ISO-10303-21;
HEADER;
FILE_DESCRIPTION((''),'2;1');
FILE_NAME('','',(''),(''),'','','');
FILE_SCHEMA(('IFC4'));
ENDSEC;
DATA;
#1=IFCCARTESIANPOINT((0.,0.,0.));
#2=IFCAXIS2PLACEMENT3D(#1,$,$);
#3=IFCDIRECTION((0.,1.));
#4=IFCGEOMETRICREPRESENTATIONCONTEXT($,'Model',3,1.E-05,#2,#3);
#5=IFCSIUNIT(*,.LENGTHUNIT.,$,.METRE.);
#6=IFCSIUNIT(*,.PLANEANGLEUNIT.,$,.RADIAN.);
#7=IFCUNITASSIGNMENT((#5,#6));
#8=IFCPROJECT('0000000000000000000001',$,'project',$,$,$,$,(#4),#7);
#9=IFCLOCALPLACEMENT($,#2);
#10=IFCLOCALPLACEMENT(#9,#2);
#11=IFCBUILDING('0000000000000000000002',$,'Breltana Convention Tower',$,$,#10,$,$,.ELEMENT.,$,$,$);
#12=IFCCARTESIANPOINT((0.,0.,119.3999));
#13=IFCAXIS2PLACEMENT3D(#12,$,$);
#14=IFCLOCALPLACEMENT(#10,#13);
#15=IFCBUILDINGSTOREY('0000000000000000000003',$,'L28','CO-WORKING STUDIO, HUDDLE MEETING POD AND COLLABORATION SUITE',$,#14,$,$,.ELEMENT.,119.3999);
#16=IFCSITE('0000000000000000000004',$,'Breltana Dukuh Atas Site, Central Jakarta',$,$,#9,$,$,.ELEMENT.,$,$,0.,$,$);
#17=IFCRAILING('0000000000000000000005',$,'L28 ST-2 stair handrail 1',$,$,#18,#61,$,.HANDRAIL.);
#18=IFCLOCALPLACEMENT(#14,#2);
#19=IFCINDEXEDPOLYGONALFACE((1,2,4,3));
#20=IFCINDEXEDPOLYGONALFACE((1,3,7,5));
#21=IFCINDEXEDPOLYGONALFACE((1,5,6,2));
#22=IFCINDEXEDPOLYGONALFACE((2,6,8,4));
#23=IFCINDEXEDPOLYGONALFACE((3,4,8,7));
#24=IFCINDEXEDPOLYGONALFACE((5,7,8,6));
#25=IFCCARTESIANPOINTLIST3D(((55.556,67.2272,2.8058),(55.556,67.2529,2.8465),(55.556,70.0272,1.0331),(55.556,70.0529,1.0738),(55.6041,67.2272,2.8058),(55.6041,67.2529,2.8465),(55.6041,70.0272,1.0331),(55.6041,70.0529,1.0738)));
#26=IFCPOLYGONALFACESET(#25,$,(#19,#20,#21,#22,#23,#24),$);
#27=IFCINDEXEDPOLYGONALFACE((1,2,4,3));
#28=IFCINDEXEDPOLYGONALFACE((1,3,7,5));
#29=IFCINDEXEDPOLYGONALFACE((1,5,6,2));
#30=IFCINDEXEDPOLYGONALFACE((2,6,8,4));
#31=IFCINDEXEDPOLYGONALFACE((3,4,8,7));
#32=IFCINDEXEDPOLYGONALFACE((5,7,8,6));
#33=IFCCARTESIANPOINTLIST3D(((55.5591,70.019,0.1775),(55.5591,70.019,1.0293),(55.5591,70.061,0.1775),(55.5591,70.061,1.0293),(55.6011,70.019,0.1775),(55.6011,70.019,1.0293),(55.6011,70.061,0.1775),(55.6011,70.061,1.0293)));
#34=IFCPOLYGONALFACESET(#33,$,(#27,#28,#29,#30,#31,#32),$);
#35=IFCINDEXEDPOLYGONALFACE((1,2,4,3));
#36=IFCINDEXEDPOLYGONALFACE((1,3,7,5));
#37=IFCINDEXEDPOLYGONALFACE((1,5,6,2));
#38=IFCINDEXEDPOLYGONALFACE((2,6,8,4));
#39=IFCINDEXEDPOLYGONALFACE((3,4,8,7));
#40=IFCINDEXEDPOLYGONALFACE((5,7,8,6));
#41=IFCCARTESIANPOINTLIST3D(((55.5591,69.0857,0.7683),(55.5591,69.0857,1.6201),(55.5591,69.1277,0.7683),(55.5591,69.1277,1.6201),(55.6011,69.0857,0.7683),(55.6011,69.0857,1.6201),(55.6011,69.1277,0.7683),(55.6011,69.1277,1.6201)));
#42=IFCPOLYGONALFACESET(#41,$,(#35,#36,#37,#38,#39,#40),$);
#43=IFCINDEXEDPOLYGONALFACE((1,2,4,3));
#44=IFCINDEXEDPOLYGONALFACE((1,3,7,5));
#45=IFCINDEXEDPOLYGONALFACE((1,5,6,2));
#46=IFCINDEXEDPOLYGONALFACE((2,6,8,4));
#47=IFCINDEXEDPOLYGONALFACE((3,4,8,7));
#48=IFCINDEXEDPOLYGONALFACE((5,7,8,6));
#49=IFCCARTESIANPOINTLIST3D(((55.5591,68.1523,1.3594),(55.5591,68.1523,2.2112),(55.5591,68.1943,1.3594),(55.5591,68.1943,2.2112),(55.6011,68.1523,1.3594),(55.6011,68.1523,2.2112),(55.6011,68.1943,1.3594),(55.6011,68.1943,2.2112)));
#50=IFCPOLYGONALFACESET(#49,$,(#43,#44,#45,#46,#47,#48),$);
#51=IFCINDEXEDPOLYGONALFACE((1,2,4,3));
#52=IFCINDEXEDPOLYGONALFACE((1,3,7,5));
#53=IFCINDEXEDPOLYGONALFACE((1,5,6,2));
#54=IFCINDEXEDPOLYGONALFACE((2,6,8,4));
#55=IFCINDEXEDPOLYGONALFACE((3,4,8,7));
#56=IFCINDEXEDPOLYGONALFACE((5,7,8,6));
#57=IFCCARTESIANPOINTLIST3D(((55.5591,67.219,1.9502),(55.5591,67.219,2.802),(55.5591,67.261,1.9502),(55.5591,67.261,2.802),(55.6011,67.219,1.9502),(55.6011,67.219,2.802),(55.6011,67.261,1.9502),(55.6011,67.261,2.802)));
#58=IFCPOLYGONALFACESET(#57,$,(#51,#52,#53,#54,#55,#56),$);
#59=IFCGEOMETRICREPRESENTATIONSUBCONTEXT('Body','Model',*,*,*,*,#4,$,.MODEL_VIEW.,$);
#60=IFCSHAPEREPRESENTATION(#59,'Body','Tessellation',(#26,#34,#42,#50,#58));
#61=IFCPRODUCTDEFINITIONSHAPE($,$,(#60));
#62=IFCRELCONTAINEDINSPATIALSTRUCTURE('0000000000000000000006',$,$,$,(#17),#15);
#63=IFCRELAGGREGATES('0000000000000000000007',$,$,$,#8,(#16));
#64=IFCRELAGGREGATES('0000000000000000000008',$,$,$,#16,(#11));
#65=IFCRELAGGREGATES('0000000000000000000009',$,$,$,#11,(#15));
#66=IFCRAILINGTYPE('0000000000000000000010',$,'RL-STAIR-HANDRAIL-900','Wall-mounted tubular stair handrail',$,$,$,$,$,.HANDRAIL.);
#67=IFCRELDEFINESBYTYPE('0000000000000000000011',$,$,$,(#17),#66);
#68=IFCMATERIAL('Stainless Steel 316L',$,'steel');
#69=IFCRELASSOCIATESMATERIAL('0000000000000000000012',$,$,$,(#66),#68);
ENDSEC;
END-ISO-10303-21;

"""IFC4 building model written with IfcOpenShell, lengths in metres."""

from ifc_helpers import new_model, si_unit, direction, frame, origin, origin_2d, place, context, subcontext, project, spatial, rectangle, extrude, material, type_object, element, save


model = new_model("IFC4")

# Units and contexts
model_context = context("Model", 3, precision=1e-05, world=origin(), true_north=direction((0.0, 1.0)))
body_context = subcontext(model_context, "Body", "Model", "MODEL_VIEW")
ifc_project = project(units=[si_unit("LENGTHUNIT", "METRE"), si_unit("PLANEANGLEUNIT", "RADIAN")], contexts=[model_context])

# Site, building, storey
site_placement = place(None, origin())
site = spatial("IfcSite", under=ifc_project, at=site_placement, Name="Breltana Dukuh Atas Site, Central Jakarta", CompositionType="ELEMENT", RefElevation=0.0)
building_placement = place(site_placement, origin())
building = spatial("IfcBuilding", under=site, at=building_placement, Name="Breltana Convention Tower", CompositionType="ELEMENT")
storey_placement = place(building_placement, frame((0.0, 0.0, 119.3999)))
storey = spatial("IfcBuildingStorey", under=building, at=storey_placement, Name="L28", Description="CO-WORKING STUDIO, HUDDLE MEETING POD AND COLLABORATION SUITE", CompositionType="ELEMENT", Elevation=119.3999)

# Railing
ifc_material_1 = material(Name="Stainless Steel 316L", Category="steel")
railing_type_1 = type_object("IfcRailingType", Name="RL-STAIR-HANDRAIL-900", Description="Wall-mounted tubular stair handrail", PredefinedType="HANDRAIL", material=ifc_material_1)
railing_1_placement = place(storey_placement, frame((55.5801, 70.04, 0.1775)))
element("IfcRailing", 1, at=railing_1_placement, inside=storey, type_object=railing_type_1, Name="L28 ST-2 stair handrail 1", PredefinedType="HANDRAIL", context=body_context, shape_type="SweptSolid", body=[
    extrude(rectangle(XDim=0.0481, YDim=0.0481, at=origin_2d()), frame((0.0, 0.0, 0.876), z_axis=(0.0, -0.844909, 0.53491), x_axis=(1.0, 0.0, 0.0)), (0.0, 0.0, 1.0), 3.314),
    extrude(rectangle(XDim=0.042, YDim=0.042, at=origin_2d()), origin(), (0.0, 0.0, 1.0), 0.8518),
    extrude(rectangle(XDim=0.042, YDim=0.042, at=origin_2d()), frame((0.0, -0.9333, 0.5908)), (0.0, 0.0, 1.0), 0.8518),
    extrude(rectangle(XDim=0.042, YDim=0.042, at=origin_2d()), frame((0.0, -1.8667, 1.1819)), (0.0, 0.0, 1.0), 0.8518),
    extrude(rectangle(XDim=0.042, YDim=0.042, at=origin_2d()), frame((0.0, -2.8, 1.7727)), (0.0, 0.0, 1.0), 0.8518),
])

save(model, "model.ifc")
